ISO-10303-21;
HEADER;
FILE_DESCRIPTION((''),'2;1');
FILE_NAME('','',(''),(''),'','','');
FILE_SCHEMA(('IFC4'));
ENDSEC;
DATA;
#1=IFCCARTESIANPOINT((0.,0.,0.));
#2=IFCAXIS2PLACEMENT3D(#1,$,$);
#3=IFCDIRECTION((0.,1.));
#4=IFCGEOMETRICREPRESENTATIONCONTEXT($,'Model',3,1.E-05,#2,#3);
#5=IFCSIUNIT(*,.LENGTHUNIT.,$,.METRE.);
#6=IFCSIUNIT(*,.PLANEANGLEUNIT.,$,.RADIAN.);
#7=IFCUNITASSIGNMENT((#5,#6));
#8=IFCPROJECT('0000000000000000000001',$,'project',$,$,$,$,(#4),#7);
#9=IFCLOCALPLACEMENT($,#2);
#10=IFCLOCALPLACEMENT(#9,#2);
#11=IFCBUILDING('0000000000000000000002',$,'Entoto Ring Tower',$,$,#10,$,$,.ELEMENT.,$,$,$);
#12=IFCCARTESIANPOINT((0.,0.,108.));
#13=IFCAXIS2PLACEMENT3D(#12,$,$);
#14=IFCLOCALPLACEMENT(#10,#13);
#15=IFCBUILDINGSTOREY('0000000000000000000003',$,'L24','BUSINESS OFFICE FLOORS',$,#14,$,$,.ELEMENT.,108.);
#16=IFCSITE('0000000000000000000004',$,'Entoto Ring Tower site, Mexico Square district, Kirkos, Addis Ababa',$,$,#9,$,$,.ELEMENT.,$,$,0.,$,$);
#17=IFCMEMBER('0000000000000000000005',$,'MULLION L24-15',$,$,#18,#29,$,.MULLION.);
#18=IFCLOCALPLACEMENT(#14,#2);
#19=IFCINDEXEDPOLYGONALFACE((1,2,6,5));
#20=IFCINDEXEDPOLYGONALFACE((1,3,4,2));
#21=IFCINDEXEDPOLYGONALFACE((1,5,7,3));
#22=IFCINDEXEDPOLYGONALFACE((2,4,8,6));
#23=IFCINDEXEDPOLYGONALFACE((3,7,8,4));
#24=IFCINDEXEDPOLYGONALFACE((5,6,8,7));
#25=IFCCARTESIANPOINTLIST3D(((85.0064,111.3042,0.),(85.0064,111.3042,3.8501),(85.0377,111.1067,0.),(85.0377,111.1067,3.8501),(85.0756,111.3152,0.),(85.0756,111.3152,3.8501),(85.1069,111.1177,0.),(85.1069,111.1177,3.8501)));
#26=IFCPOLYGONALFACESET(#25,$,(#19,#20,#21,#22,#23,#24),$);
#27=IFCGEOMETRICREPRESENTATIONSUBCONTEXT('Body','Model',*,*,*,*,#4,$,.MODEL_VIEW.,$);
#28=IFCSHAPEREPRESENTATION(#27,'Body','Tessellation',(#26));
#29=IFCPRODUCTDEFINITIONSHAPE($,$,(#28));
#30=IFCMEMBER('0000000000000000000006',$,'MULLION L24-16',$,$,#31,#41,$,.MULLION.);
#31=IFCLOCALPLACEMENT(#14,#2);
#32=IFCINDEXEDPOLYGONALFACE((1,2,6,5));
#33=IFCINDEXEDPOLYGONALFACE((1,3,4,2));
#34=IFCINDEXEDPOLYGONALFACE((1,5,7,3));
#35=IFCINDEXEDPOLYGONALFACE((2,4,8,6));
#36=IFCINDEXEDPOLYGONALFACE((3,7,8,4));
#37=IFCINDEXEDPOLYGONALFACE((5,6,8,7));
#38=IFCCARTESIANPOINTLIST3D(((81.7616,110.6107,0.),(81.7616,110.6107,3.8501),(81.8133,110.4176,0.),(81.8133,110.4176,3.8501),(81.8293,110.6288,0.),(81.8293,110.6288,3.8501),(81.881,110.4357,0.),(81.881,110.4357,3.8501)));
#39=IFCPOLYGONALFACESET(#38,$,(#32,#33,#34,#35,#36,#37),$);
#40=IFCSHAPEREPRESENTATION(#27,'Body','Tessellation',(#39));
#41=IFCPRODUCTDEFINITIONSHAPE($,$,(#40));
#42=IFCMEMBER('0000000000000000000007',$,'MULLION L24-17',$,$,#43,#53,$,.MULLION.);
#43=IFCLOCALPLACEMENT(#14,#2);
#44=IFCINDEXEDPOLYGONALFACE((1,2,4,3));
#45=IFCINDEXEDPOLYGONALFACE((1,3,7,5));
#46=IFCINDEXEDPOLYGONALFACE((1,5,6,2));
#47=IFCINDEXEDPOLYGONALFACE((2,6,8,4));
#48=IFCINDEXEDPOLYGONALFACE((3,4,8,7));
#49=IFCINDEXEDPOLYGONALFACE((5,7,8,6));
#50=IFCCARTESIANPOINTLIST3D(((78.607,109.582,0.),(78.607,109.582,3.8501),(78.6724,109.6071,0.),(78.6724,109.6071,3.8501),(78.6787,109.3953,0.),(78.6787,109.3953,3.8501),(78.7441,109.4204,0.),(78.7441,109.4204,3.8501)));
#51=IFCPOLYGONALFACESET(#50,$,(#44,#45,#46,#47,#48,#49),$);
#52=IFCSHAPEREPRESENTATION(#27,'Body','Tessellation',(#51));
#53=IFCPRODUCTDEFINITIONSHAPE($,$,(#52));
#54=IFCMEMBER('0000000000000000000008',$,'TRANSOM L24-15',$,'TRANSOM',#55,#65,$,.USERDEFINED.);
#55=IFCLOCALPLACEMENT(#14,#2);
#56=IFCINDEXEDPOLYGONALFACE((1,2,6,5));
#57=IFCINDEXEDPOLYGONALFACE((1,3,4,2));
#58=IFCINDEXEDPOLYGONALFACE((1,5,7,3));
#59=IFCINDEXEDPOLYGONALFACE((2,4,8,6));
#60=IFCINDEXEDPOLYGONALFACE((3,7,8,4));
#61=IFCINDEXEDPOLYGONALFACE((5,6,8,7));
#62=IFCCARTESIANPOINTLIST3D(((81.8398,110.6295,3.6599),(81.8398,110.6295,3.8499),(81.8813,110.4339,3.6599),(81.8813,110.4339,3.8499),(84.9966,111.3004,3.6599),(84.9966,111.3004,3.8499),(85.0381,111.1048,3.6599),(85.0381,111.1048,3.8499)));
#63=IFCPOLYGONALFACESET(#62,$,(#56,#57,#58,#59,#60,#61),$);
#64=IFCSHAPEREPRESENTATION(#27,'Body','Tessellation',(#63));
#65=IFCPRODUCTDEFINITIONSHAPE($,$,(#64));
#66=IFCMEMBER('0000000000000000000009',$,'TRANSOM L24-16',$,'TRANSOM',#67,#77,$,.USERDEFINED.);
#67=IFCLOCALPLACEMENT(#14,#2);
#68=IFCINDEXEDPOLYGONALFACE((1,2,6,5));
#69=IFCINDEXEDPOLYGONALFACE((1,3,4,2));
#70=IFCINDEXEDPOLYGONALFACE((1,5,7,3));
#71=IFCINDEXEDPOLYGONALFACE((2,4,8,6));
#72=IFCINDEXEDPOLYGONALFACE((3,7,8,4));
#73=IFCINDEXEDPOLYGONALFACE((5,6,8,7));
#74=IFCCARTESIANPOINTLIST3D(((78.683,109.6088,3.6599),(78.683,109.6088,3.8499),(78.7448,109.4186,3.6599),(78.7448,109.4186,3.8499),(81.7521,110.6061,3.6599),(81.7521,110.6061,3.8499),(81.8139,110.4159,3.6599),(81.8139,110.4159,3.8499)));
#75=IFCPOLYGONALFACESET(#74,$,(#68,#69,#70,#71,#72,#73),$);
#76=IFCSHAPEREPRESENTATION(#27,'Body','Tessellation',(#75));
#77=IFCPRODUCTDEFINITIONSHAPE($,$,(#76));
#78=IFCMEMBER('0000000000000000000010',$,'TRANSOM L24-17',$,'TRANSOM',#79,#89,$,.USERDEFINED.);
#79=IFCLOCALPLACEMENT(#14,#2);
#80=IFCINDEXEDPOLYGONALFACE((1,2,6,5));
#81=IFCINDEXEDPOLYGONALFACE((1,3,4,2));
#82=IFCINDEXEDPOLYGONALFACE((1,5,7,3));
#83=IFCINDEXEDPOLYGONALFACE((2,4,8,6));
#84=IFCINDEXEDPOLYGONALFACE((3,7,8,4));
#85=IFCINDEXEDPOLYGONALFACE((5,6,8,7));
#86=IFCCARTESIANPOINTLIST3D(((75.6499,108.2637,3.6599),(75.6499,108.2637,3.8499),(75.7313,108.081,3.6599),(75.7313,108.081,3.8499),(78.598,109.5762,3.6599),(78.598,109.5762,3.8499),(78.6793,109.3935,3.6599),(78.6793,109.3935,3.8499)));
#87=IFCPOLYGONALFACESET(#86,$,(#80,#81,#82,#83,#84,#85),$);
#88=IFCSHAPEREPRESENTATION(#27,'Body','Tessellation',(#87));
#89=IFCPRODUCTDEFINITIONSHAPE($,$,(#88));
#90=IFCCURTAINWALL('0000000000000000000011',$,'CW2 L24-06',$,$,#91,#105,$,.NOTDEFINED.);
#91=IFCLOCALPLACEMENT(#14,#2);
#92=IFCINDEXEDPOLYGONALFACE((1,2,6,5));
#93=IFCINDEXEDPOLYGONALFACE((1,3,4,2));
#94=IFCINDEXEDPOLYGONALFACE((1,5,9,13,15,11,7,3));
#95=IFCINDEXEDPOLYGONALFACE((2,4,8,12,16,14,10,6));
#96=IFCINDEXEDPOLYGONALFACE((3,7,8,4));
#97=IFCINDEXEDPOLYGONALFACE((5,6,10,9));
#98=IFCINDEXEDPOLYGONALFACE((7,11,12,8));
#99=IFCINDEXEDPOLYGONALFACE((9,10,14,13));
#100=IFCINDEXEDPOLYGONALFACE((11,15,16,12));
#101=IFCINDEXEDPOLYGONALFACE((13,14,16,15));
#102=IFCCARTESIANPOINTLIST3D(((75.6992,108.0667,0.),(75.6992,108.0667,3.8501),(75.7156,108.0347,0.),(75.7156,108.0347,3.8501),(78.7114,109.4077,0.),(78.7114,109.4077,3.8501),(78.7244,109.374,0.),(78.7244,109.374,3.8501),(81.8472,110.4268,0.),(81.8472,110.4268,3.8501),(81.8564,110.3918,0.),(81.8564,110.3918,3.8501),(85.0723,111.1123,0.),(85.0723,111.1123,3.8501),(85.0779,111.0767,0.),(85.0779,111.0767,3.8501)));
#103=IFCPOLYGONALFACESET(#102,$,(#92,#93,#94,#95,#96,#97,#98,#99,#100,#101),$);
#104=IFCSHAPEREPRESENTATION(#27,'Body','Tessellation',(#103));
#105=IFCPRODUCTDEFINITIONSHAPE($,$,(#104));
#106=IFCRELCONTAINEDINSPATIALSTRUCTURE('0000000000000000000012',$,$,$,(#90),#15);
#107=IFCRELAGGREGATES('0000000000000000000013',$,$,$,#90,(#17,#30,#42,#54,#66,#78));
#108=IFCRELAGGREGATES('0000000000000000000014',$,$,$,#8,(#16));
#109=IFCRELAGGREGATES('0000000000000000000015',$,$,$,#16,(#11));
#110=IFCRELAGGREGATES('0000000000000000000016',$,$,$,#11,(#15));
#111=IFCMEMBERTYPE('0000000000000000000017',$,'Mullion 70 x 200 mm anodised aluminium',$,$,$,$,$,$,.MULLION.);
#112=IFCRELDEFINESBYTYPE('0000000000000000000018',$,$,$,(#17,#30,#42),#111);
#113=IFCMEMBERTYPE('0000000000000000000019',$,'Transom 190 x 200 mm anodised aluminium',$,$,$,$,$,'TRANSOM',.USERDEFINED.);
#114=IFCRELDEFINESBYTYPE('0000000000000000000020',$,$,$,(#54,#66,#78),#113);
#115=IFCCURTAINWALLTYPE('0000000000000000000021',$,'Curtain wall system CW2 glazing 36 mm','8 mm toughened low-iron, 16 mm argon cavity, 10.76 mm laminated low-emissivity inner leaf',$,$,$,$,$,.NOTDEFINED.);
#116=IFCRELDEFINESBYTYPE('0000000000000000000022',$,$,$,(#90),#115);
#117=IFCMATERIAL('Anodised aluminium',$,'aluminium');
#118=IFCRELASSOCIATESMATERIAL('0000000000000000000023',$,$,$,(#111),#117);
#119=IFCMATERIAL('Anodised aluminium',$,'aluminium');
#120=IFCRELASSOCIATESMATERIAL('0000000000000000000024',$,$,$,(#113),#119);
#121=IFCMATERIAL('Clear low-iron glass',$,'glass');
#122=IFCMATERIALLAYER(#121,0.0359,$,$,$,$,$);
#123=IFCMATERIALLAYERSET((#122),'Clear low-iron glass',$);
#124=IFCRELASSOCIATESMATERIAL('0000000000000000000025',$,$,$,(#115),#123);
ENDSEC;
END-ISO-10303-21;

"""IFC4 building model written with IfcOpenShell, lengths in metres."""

from ifc_helpers import new_model, si_unit, direction, frame, origin, origin_2d, place, context, subcontext, project, spatial, polyline, rectangle, outline, extrude, material, layer, layer_set, material_profile, profile_set, type_object, element, aggregate, save


model = new_model("IFC4")

# Units and contexts
model_context = context("Model", 3, precision=1e-05, world=origin(), true_north=direction((0.0, 1.0)))
body_context = subcontext(model_context, "Body", "Model", "MODEL_VIEW")
ifc_project = project(units=[si_unit("LENGTHUNIT", "METRE"), si_unit("PLANEANGLEUNIT", "RADIAN")], contexts=[model_context])

# Members
ifc_material_1 = material(Name="Anodised aluminium", Category="aluminium")
ifc_material_profile_1 = material_profile(ifc_material_1, rectangle(XDim=0.0701, YDim=0.2, at=origin_2d()), Name="Mullion 70 x 200 mm anodised aluminium")
ifc_profile_set_1 = profile_set([ifc_material_profile_1], Name="Anodised aluminium")
member_type_1 = type_object("IfcMemberType", Name="Mullion 70 x 200 mm anodised aluminium", PredefinedType="MULLION", material=ifc_profile_set_1)
site_placement = place(None, origin())
building_placement = place(site_placement, origin())
storey_placement = place(building_placement, frame((0.0, 0.0, 108.0)))
member_1_placement = place(storey_placement, frame((85.0566, 111.2109, 0.0), z_axis=(0.0, 0.0, 1.0), x_axis=(-0.987688, -0.156434, 0.0)))
member_1 = element("IfcMember", 1, at=member_1_placement, type_object=member_type_1, Name="MULLION L24-15", PredefinedType="MULLION", context=body_context, shape_type="SweptSolid", body=[
    extrude(rectangle(XDim=0.0701, YDim=0.2, at=origin_2d()), origin(), (0.0, 0.0, 1.0), 3.8501),
])
member_2_placement = place(storey_placement, frame((81.8213, 110.5232, 0.0), z_axis=(0.0, 0.0, 1.0), x_axis=(-0.965926, -0.258819, 0.0)))
member_2 = element("IfcMember", 2, at=member_2_placement, type_object=member_type_1, Name="MULLION L24-16", PredefinedType="MULLION", context=body_context, shape_type="SweptSolid", body=[
    extrude(rectangle(XDim=0.0701, YDim=0.2, at=origin_2d()), origin(), (0.0, 0.0, 1.0), 3.8501),
])
member_3_placement = place(storey_placement, frame((78.6755, 109.5012, 0.0), z_axis=(0.0, 0.0, 1.0), x_axis=(-0.93358, -0.358368, 0.0)))
member_3 = element("IfcMember", 3, at=member_3_placement, type_object=member_type_1, Name="MULLION L24-17", PredefinedType="MULLION", context=body_context, shape_type="SweptSolid", body=[
    extrude(rectangle(XDim=0.0701, YDim=0.2, at=origin_2d()), origin(), (0.0, 0.0, 1.0), 3.8501),
])
ifc_material_2 = material(Name="Anodised aluminium", Category="aluminium")
ifc_material_profile_2 = material_profile(ifc_material_2, rectangle(XDim=0.2, YDim=0.1899, at=origin_2d()), Name="Transom 190 x 200 mm anodised aluminium")
ifc_profile_set_2 = profile_set([ifc_material_profile_2], Name="Anodised aluminium")
member_type_2 = type_object("IfcMemberType", Name="Transom 190 x 200 mm anodised aluminium", ElementType="TRANSOM", PredefinedType="USERDEFINED", material=ifc_profile_set_2)
member_4_placement = place(storey_placement, frame((85.0173, 111.2026, 3.7549), z_axis=(-0.978153, -0.207886, 0.0), x_axis=(0.207886, -0.978153, 0.0)))
member_4 = element("IfcMember", 4, at=member_4_placement, type_object=member_type_2, Name="TRANSOM L24-15", ObjectType="TRANSOM", PredefinedType="USERDEFINED", context=body_context, shape_type="SweptSolid", body=[
    extrude(rectangle(XDim=0.2, YDim=0.1899, at=origin_2d()), origin(), (0.0, 0.0, 1.0), 3.2273),
])
member_5_placement = place(storey_placement, frame((81.783, 110.511, 3.7549), z_axis=(-0.951047, -0.309047, 0.0), x_axis=(0.309047, -0.951047, 0.0)))
member_5 = element("IfcMember", 5, at=member_5_placement, type_object=member_type_2, Name="TRANSOM L24-16", ObjectType="TRANSOM", PredefinedType="USERDEFINED", context=body_context, shape_type="SweptSolid", body=[
    extrude(rectangle(XDim=0.2, YDim=0.1899, at=origin_2d()), origin(), (0.0, 0.0, 1.0), 3.2271),
])
member_6_placement = place(storey_placement, frame((78.6387, 109.4849, 3.7549), z_axis=(-0.913549, -0.406728, 0.0), x_axis=(0.406728, -0.913549, 0.0)))
member_6 = element("IfcMember", 6, at=member_6_placement, type_object=member_type_2, Name="TRANSOM L24-17", ObjectType="TRANSOM", PredefinedType="USERDEFINED", context=body_context, shape_type="SweptSolid", body=[
    extrude(rectangle(XDim=0.2, YDim=0.1899, at=origin_2d()), origin(), (0.0, 0.0, 1.0), 3.2271),
])

# Site, building, storey
site = spatial("IfcSite", under=ifc_project, at=site_placement, Name="Entoto Ring Tower site, Mexico Square district, Kirkos, Addis Ababa", CompositionType="ELEMENT", RefElevation=0.0)
building = spatial("IfcBuilding", under=site, at=building_placement, Name="Entoto Ring Tower", CompositionType="ELEMENT")
storey = spatial("IfcBuildingStorey", under=building, at=storey_placement, Name="L24", Description="BUSINESS OFFICE FLOORS", CompositionType="ELEMENT", Elevation=108.0)

# Curtain wall
ifc_material_3 = material(Name="Clear low-iron glass", Category="glass")
ifc_layer = layer(ifc_material_3, 0.0359)
ifc_layer_set = layer_set([ifc_layer], Name="Clear low-iron glass")
curtain_wall_type = type_object("IfcCurtainWallType", Name="Curtain wall system CW2 glazing 36 mm", Description="8 mm toughened low-iron, 16 mm argon cavity, 10.76 mm laminated low-emissivity inner leaf", PredefinedType="NOTDEFINED", material=ifc_layer_set)
curtain_wall_1_placement = place(storey_placement, origin())
curtain_wall_1 = element("IfcCurtainWall", 7, at=curtain_wall_1_placement, inside=storey, type_object=curtain_wall_type, Name="CW2 L24-06", PredefinedType="NOTDEFINED", context=body_context, shape_type="SweptSolid", body=[
    extrude(outline(polyline([(85.0723, 111.1123), (81.8472, 110.4268), (78.7114, 109.4077), (75.6992, 108.0667), (75.7156, 108.0347), (78.7244, 109.374), (81.8564, 110.3918), (85.0779, 111.0767), (85.0723, 111.1123)])), origin(), (0.0, 0.0, 1.0), 3.8501),
])
aggregate(curtain_wall_1, [member_1, member_2, member_3, member_4, member_5, member_6])

save(model, "model.ifc")
